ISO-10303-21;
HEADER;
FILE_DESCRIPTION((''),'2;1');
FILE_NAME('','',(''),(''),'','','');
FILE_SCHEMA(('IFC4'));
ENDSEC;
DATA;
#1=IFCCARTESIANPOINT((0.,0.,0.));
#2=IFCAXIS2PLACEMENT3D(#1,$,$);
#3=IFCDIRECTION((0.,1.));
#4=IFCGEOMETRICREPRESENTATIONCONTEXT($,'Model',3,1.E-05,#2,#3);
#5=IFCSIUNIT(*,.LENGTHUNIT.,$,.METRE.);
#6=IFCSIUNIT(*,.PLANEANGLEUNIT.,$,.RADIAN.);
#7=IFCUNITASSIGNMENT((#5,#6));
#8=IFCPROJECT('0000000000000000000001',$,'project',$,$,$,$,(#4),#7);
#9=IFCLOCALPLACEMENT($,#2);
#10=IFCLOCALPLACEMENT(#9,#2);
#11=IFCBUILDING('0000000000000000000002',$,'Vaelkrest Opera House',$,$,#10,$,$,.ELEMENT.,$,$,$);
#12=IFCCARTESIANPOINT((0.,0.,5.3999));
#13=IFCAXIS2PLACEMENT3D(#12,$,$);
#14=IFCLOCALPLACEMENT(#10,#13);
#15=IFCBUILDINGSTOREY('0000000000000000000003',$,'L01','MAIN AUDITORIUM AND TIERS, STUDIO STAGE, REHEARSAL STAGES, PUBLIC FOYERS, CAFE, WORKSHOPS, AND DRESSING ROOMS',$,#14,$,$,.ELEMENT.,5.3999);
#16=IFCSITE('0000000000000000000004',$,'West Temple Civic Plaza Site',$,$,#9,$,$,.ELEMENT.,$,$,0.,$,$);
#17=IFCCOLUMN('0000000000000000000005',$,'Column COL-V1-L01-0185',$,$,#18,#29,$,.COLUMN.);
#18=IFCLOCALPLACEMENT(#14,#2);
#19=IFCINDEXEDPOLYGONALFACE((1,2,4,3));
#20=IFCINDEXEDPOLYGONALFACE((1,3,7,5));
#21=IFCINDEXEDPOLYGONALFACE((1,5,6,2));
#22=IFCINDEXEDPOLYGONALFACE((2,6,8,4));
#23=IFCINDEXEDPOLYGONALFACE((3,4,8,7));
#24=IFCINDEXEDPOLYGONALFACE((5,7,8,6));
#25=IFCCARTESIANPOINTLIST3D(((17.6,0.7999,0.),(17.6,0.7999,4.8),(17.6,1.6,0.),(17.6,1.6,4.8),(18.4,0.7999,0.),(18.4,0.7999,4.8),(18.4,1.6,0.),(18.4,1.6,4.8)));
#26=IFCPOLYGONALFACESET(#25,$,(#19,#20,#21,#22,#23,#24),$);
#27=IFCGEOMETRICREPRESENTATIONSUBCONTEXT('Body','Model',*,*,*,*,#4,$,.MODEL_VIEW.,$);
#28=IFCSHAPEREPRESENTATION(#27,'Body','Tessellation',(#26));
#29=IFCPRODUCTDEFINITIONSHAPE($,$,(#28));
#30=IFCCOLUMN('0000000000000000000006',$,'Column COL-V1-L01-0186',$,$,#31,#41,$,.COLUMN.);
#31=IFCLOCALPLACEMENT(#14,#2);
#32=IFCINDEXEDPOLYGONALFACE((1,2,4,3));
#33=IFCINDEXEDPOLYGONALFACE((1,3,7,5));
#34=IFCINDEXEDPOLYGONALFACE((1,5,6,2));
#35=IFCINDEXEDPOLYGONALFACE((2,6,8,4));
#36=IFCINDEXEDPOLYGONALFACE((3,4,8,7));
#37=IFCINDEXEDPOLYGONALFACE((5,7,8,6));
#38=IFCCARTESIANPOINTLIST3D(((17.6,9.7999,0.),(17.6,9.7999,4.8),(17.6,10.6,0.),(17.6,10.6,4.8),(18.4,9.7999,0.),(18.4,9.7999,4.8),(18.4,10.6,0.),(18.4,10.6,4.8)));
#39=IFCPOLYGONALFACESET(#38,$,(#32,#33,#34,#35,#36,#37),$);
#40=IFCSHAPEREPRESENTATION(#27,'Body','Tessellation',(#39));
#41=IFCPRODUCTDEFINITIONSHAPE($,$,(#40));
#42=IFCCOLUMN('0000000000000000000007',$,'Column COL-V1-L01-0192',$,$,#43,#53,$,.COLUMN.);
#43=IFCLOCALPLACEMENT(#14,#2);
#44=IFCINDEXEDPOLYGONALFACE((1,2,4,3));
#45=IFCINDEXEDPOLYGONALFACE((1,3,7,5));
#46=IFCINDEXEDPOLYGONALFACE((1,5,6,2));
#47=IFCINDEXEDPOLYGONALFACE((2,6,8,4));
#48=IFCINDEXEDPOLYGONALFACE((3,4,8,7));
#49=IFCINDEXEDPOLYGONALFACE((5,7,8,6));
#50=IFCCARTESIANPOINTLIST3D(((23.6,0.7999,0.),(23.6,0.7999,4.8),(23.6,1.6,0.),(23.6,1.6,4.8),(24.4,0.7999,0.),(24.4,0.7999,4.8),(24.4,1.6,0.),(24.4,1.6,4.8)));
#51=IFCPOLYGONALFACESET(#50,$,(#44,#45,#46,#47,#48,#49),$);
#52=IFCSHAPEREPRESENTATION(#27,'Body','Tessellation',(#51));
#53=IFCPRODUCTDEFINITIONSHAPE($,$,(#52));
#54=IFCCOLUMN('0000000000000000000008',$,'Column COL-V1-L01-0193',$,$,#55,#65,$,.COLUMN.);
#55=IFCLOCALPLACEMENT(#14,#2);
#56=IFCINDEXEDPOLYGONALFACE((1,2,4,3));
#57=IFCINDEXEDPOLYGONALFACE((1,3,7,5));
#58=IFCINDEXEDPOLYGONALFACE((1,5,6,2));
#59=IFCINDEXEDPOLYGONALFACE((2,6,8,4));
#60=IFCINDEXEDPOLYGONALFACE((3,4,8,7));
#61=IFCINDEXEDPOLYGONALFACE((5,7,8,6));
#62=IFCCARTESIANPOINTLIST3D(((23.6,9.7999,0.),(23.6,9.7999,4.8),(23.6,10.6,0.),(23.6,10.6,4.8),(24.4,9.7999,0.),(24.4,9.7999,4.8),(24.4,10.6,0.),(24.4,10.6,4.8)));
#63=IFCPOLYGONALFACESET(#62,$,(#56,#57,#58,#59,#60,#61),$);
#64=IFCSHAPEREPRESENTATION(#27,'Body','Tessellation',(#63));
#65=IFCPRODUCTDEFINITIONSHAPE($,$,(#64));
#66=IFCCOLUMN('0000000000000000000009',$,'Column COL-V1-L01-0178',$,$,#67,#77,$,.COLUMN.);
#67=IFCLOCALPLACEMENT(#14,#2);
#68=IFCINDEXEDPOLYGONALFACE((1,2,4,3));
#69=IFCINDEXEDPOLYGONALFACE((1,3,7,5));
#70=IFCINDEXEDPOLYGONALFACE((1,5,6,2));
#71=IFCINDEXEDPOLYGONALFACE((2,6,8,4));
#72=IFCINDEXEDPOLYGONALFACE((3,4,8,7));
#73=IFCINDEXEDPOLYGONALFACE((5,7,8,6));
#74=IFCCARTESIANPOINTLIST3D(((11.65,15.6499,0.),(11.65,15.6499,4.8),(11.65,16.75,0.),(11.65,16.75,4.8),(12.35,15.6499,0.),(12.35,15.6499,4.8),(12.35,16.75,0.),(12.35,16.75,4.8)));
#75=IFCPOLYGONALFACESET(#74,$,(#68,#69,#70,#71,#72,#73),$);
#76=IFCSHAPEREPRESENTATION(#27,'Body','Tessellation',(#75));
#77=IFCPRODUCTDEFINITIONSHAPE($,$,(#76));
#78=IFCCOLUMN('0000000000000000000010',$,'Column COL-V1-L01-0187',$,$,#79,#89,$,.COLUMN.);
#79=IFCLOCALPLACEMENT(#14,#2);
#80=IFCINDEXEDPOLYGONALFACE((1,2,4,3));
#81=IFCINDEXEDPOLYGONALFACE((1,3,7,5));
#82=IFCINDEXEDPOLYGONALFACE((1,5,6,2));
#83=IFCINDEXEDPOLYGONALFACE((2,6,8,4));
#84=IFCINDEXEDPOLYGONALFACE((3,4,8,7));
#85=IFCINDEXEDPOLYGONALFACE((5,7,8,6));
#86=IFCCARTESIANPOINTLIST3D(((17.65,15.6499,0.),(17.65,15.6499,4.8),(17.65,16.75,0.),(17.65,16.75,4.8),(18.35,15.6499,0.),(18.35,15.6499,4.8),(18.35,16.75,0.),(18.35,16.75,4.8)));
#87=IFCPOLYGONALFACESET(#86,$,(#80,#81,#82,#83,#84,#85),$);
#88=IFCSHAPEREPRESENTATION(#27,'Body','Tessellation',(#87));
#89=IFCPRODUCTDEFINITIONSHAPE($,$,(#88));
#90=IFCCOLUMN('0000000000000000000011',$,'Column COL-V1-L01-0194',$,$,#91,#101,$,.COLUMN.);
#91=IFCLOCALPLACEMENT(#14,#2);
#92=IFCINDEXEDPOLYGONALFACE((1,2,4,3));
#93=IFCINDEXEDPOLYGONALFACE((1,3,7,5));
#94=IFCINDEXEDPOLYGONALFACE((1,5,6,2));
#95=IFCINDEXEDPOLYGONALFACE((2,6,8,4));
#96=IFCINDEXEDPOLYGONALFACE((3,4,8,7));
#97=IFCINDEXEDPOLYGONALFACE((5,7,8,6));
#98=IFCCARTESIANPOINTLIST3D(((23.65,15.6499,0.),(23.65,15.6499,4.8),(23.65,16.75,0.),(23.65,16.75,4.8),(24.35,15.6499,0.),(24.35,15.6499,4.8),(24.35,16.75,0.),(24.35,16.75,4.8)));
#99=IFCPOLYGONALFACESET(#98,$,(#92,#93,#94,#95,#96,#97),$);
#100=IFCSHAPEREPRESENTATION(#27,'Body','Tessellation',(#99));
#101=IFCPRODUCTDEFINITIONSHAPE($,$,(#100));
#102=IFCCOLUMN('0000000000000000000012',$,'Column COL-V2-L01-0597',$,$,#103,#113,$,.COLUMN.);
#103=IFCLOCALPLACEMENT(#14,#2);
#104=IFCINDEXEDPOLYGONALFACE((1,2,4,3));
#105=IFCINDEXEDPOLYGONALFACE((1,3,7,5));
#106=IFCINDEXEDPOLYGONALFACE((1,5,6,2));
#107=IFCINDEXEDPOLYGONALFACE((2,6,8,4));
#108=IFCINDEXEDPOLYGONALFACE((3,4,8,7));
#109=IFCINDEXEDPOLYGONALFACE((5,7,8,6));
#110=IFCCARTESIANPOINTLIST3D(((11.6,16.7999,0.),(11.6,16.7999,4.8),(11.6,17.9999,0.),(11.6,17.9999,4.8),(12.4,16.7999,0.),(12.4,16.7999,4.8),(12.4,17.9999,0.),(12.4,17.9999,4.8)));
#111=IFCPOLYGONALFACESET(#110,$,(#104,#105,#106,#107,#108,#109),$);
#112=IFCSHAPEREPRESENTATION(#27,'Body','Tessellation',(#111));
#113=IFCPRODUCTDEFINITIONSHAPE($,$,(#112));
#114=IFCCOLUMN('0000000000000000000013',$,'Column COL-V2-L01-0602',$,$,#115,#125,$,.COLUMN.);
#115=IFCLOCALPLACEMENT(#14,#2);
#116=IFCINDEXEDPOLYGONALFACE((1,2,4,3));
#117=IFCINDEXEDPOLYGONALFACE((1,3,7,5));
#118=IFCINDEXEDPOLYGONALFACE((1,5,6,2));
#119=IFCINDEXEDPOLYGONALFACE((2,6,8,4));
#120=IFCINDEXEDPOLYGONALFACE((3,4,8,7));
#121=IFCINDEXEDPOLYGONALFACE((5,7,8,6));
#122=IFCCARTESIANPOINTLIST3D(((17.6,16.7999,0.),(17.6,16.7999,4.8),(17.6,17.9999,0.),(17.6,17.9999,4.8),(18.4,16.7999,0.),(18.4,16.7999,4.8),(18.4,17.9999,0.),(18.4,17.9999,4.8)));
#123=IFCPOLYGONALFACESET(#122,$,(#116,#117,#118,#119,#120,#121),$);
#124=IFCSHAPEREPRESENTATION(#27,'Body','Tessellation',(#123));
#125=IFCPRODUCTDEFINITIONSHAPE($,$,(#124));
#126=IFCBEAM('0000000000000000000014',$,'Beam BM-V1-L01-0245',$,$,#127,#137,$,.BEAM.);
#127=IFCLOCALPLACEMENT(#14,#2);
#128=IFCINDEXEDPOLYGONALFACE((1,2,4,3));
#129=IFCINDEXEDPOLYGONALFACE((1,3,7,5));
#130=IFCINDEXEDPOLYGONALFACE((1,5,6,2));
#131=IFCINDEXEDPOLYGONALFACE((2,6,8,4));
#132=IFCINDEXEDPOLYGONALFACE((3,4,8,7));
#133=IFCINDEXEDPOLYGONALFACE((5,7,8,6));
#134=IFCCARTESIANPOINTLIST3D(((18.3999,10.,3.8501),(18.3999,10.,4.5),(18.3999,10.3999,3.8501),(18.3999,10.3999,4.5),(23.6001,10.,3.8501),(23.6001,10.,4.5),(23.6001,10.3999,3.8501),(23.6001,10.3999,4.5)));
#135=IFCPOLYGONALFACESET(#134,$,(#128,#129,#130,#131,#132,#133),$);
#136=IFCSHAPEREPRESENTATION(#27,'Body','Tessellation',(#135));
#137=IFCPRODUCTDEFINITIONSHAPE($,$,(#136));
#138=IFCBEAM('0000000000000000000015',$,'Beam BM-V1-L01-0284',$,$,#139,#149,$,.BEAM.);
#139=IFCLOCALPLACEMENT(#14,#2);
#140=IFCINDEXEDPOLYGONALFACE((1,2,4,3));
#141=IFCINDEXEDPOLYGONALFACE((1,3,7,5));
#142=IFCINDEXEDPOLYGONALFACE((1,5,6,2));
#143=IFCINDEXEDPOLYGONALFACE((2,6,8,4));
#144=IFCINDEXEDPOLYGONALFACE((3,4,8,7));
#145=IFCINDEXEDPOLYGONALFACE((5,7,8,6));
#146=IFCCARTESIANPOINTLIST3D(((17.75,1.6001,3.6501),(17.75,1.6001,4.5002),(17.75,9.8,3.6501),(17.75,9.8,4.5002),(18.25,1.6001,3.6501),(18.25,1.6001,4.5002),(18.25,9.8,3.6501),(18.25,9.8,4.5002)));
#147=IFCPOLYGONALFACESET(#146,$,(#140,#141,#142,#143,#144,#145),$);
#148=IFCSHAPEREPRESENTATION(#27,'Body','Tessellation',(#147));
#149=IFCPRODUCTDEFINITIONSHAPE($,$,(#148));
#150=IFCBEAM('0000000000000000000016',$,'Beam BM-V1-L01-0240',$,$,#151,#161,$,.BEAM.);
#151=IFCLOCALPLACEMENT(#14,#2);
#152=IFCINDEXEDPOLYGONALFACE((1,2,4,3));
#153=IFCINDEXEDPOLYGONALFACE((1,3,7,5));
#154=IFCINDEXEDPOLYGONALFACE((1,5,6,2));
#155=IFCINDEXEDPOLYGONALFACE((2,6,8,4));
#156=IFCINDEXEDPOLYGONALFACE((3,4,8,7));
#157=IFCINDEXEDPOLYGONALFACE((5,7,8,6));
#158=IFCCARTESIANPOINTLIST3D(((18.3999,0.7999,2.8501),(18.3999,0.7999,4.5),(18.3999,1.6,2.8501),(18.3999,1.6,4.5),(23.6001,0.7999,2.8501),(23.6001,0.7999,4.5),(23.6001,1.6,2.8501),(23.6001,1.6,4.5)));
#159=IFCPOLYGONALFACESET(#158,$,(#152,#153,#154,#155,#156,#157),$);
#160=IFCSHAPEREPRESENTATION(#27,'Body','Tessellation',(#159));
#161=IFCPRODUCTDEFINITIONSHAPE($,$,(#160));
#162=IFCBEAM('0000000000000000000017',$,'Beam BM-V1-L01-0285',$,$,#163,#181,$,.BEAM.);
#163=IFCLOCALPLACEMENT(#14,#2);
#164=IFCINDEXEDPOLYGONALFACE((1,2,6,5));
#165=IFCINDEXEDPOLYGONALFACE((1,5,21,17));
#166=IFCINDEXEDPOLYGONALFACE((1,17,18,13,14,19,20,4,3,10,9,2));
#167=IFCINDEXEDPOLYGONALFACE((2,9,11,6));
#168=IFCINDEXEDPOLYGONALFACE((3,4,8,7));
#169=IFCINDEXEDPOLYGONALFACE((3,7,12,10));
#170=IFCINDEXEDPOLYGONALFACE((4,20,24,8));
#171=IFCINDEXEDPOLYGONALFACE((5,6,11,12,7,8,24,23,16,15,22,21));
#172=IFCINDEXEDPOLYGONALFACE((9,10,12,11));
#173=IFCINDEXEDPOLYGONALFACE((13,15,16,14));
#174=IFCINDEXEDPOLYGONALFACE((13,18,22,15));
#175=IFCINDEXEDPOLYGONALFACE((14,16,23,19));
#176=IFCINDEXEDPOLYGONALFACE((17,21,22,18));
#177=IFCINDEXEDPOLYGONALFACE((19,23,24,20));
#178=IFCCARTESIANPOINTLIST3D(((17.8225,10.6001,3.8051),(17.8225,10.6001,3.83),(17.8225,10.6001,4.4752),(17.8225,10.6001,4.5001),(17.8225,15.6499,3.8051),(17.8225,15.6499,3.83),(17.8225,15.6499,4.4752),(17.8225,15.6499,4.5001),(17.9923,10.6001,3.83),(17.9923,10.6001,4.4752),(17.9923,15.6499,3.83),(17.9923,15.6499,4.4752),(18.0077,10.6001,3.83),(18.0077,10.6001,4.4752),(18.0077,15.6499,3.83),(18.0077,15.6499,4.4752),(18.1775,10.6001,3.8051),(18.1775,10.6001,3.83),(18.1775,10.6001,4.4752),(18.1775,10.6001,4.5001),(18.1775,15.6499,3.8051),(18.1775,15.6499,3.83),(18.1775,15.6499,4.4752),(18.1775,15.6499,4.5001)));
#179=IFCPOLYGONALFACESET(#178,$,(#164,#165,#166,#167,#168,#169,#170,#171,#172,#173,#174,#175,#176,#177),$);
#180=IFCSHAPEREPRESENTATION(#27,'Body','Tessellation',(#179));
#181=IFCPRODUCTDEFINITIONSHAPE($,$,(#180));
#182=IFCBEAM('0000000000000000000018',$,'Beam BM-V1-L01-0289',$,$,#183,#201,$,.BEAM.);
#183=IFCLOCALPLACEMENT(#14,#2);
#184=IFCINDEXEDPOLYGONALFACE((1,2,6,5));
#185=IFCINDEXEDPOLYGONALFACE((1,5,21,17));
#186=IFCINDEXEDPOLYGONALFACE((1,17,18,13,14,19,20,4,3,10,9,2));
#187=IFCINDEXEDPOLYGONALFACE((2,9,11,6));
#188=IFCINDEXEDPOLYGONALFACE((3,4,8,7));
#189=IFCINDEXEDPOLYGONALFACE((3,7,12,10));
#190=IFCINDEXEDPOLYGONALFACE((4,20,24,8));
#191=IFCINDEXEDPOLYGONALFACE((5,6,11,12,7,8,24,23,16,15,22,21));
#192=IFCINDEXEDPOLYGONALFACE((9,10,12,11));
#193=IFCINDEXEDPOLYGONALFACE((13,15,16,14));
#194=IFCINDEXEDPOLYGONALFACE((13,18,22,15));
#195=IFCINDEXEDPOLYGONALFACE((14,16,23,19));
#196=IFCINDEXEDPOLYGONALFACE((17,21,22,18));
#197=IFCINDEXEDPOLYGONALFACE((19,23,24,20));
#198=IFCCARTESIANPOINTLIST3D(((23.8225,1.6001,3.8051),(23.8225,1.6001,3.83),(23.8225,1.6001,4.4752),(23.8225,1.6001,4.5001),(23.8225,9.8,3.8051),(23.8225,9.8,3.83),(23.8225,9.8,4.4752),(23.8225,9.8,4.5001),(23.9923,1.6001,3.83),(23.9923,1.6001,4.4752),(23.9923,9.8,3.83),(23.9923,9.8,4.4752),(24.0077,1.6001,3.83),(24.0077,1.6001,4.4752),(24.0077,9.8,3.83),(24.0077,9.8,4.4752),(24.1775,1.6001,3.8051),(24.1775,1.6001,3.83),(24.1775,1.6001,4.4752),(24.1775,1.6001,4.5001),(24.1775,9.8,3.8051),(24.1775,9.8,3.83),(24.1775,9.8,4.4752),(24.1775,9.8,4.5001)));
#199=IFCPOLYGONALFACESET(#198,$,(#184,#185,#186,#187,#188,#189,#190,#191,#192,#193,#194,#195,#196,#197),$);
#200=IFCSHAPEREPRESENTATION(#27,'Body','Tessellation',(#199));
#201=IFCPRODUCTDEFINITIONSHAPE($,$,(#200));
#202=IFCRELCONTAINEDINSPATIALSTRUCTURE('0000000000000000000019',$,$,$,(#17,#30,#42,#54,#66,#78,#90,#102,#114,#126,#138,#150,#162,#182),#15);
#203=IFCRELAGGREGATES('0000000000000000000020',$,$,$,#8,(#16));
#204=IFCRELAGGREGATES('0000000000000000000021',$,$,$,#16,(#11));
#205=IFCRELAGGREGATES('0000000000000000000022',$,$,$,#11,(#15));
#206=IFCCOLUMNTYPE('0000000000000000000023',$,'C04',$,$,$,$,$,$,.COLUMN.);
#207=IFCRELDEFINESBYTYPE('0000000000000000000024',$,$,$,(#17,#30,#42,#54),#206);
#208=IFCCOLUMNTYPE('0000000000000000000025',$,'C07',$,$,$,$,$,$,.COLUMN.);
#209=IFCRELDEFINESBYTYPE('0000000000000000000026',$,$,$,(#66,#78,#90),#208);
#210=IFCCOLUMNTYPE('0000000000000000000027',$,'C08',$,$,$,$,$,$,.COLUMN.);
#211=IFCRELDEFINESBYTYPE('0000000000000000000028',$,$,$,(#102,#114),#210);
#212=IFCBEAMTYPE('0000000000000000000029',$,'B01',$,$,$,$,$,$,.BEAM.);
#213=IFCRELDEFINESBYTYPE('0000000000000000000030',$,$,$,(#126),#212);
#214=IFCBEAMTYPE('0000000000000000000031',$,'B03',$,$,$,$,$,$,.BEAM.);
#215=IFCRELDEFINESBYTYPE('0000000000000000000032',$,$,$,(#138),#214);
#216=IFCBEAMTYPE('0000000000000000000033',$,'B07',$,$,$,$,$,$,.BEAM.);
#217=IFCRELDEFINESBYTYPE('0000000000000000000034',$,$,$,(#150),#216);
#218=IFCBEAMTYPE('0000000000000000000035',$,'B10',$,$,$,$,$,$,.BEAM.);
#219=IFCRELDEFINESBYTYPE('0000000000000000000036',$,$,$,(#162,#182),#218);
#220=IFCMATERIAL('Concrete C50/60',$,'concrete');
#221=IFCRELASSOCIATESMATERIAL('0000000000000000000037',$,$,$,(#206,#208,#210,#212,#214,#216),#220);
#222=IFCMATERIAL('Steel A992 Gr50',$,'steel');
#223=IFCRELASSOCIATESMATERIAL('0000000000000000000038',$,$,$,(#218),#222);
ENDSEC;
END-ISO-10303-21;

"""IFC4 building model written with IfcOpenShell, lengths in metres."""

from ifc_helpers import new_model, si_unit, direction, frame, origin, origin_2d, place, context, subcontext, project, spatial, rectangle, i_section, extrude, material, material_profile, profile_set, type_object, element, save


model = new_model("IFC4")

# Units and contexts
model_context = context("Model", 3, precision=1e-05, world=origin(), true_north=direction((0.0, 1.0)))
body_context = subcontext(model_context, "Body", "Model", "MODEL_VIEW")
ifc_project = project(units=[si_unit("LENGTHUNIT", "METRE"), si_unit("PLANEANGLEUNIT", "RADIAN")], contexts=[model_context])

# Site, building, storey
site_placement = place(None, origin())
site = spatial("IfcSite", under=ifc_project, at=site_placement, Name="West Temple Civic Plaza Site", CompositionType="ELEMENT", RefElevation=0.0)
building_placement = place(site_placement, origin())
building = spatial("IfcBuilding", under=site, at=building_placement, Name="Vaelkrest Opera House", CompositionType="ELEMENT")
storey_placement = place(building_placement, frame((0.0, 0.0, 5.3999)))
storey = spatial("IfcBuildingStorey", under=building, at=storey_placement, Name="L01", Description="MAIN AUDITORIUM AND TIERS, STUDIO STAGE, REHEARSAL STAGES, PUBLIC FOYERS, CAFE, WORKSHOPS, AND DRESSING ROOMS", CompositionType="ELEMENT", Elevation=5.3999)

# Columns
ifc_material_1 = material(Name="Concrete C50/60", Category="concrete")
ifc_material_profile_1 = material_profile(ifc_material_1, rectangle(XDim=0.8, YDim=0.8, at=origin_2d()), Name="RC800X800")
ifc_profile_set_1 = profile_set([ifc_material_profile_1], Name="Concrete C50/60")
column_type_1 = type_object("IfcColumnType", Name="C04", PredefinedType="COLUMN", material=ifc_profile_set_1)
for number, where, z_axis, x_axis, name in (
    (1, (18.0, 1.2, 0.0), (0.0, 0.0, 1.0), (1.0, 0.0, 0.0), "Column COL-V1-L01-0185"),
    (2, (18.0, 10.2, 0.0), (0.0, 0.0, 1.0), (1.0, 0.0, 0.0), "Column COL-V1-L01-0186"),
    (3, (24.0, 1.2, 0.0), (0.0, 0.0, 1.0), (1.0, 0.0, 0.0), "Column COL-V1-L01-0192"),
    (4, (24.0, 10.2, 0.0), (0.0, 0.0, 1.0), (1.0, 0.0, 0.0), "Column COL-V1-L01-0193"),
):
    element("IfcColumn", number, at=place(storey_placement, frame(where, z_axis=z_axis, x_axis=x_axis)), inside=storey, type_object=column_type_1, Name=name, PredefinedType="COLUMN", context=body_context, shape_type="SweptSolid", body=[
        extrude(rectangle(XDim=0.8, YDim=0.8, at=origin_2d()), origin(), (0.0, 0.0, 1.0), 4.8),
    ])
ifc_material_profile_2 = material_profile(ifc_material_1, rectangle(XDim=0.7, YDim=1.1001, at=origin_2d()), Name="RC700X1100")
ifc_profile_set_2 = profile_set([ifc_material_profile_2], Name="Concrete C50/60")
column_type_2 = type_object("IfcColumnType", Name="C07", PredefinedType="COLUMN", material=ifc_profile_set_2)
for number, where, z_axis, x_axis, name in (
    (5, (12.0, 16.2, 0.0), (0.0, 0.0, 1.0), (1.0, 0.0, 0.0), "Column COL-V1-L01-0178"),
    (6, (18.0, 16.2, 0.0), (0.0, 0.0, 1.0), (1.0, 0.0, 0.0), "Column COL-V1-L01-0187"),
    (7, (24.0, 16.2, 0.0), (0.0, 0.0, 1.0), (1.0, 0.0, 0.0), "Column COL-V1-L01-0194"),
):
    element("IfcColumn", number, at=place(storey_placement, frame(where, z_axis=z_axis, x_axis=x_axis)), inside=storey, type_object=column_type_2, Name=name, PredefinedType="COLUMN", context=body_context, shape_type="SweptSolid", body=[
        extrude(rectangle(XDim=0.7, YDim=1.1001, at=origin_2d()), origin(), (0.0, 0.0, 1.0), 4.8),
    ])
ifc_material_profile_3 = material_profile(ifc_material_1, rectangle(XDim=0.8, YDim=1.2, at=origin_2d()), Name="RC800X1200")
ifc_profile_set_3 = profile_set([ifc_material_profile_3], Name="Concrete C50/60")
column_type_3 = type_object("IfcColumnType", Name="C08", PredefinedType="COLUMN", material=ifc_profile_set_3)
for number, where, z_axis, x_axis, name in (
    (8, (12.0, 17.3999, 0.0), (0.0, 0.0, 1.0), (1.0, 0.0, 0.0), "Column COL-V2-L01-0597"),
    (9, (18.0, 17.3999, 0.0), (0.0, 0.0, 1.0), (1.0, 0.0, 0.0), "Column COL-V2-L01-0602"),
):
    element("IfcColumn", number, at=place(storey_placement, frame(where, z_axis=z_axis, x_axis=x_axis)), inside=storey, type_object=column_type_3, Name=name, PredefinedType="COLUMN", context=body_context, shape_type="SweptSolid", body=[
        extrude(rectangle(XDim=0.8, YDim=1.2, at=origin_2d()), origin(), (0.0, 0.0, 1.0), 4.8),
    ])

# Beams
ifc_material_profile_4 = material_profile(ifc_material_1, rectangle(XDim=0.3999, YDim=0.6499, at=origin_2d()), Name="RCB400X650")
ifc_profile_set_4 = profile_set([ifc_material_profile_4], Name="Concrete C50/60")
beam_type_1 = type_object("IfcBeamType", Name="B01", PredefinedType="BEAM", material=ifc_profile_set_4)
beam_1_placement = place(storey_placement, frame((18.3999, 10.2, 4.175), z_axis=(1.0, 0.0, 0.0), x_axis=(0.0, 1.0, 0.0)))
element("IfcBeam", 10, at=beam_1_placement, inside=storey, type_object=beam_type_1, Name="Beam BM-V1-L01-0245", PredefinedType="BEAM", context=body_context, shape_type="SweptSolid", body=[
    extrude(rectangle(XDim=0.3999, YDim=0.6499, at=origin_2d()), origin(), (0.0, 0.0, 1.0), 5.2002),
])
ifc_material_profile_5 = material_profile(ifc_material_1, rectangle(XDim=0.5, YDim=0.8501, at=origin_2d()), Name="RCB500X850")
ifc_profile_set_5 = profile_set([ifc_material_profile_5], Name="Concrete C50/60")
beam_type_2 = type_object("IfcBeamType", Name="B03", PredefinedType="BEAM", material=ifc_profile_set_5)
beam_2_placement = place(storey_placement, frame((18.0, 1.6001, 4.0752), z_axis=(0.0, 1.0, 0.0), x_axis=(-1.0, 0.0, 0.0)))
element("IfcBeam", 11, at=beam_2_placement, inside=storey, type_object=beam_type_2, Name="Beam BM-V1-L01-0284", PredefinedType="BEAM", context=body_context, shape_type="SweptSolid", body=[
    extrude(rectangle(XDim=0.5, YDim=0.8501, at=origin_2d()), origin(), (0.0, 0.0, 1.0), 8.2),
])
ifc_material_profile_6 = material_profile(ifc_material_1, rectangle(XDim=0.8, YDim=1.6499, at=origin_2d()), Name="RCB800X1650")
ifc_profile_set_6 = profile_set([ifc_material_profile_6], Name="Concrete C50/60")
beam_type_3 = type_object("IfcBeamType", Name="B07", PredefinedType="BEAM", material=ifc_profile_set_6)
beam_3_placement = place(storey_placement, frame((18.3999, 1.2, 3.675), z_axis=(1.0, 0.0, 0.0), x_axis=(0.0, 1.0, 0.0)))
element("IfcBeam", 12, at=beam_3_placement, inside=storey, type_object=beam_type_3, Name="Beam BM-V1-L01-0240", PredefinedType="BEAM", context=body_context, shape_type="SweptSolid", body=[
    extrude(rectangle(XDim=0.8, YDim=1.6499, at=origin_2d()), origin(), (0.0, 0.0, 1.0), 5.2002),
])
ifc_material_2 = material(Name="Steel A992 Gr50", Category="steel")
ifc_material_profile_7 = material_profile(ifc_material_2, i_section(OverallWidth=0.355, OverallDepth=0.6951, WebThickness=0.0154, FlangeThickness=0.0249, at=origin_2d()), Name="W27X146")
ifc_profile_set_7 = profile_set([ifc_material_profile_7], Name="Steel A992 Gr50")
beam_type_4 = type_object("IfcBeamType", Name="B10", PredefinedType="BEAM", material=ifc_profile_set_7)
beam_4_placement = place(storey_placement, frame((18.0, 10.6001, 4.1526), z_axis=(0.0, 1.0, 0.0), x_axis=(-1.0, 0.0, 0.0)))
element("IfcBeam", 13, at=beam_4_placement, inside=storey, type_object=beam_type_4, Name="Beam BM-V1-L01-0285", PredefinedType="BEAM", context=body_context, shape_type="SweptSolid", body=[
    extrude(i_section(OverallWidth=0.355, OverallDepth=0.6951, WebThickness=0.0154, FlangeThickness=0.0249, at=origin_2d()), origin(), (0.0, 0.0, 1.0), 5.0498),
])
beam_5_placement = place(storey_placement, frame((24.0, 1.6001, 4.1526), z_axis=(0.0, 1.0, 0.0), x_axis=(-1.0, 0.0, 0.0)))
element("IfcBeam", 14, at=beam_5_placement, inside=storey, type_object=beam_type_4, Name="Beam BM-V1-L01-0289", PredefinedType="BEAM", context=body_context, shape_type="SweptSolid", body=[
    extrude(i_section(OverallWidth=0.355, OverallDepth=0.6951, WebThickness=0.0154, FlangeThickness=0.0249, at=origin_2d()), origin(), (0.0, 0.0, 1.0), 8.2),
])

save(model, "model.ifc")
